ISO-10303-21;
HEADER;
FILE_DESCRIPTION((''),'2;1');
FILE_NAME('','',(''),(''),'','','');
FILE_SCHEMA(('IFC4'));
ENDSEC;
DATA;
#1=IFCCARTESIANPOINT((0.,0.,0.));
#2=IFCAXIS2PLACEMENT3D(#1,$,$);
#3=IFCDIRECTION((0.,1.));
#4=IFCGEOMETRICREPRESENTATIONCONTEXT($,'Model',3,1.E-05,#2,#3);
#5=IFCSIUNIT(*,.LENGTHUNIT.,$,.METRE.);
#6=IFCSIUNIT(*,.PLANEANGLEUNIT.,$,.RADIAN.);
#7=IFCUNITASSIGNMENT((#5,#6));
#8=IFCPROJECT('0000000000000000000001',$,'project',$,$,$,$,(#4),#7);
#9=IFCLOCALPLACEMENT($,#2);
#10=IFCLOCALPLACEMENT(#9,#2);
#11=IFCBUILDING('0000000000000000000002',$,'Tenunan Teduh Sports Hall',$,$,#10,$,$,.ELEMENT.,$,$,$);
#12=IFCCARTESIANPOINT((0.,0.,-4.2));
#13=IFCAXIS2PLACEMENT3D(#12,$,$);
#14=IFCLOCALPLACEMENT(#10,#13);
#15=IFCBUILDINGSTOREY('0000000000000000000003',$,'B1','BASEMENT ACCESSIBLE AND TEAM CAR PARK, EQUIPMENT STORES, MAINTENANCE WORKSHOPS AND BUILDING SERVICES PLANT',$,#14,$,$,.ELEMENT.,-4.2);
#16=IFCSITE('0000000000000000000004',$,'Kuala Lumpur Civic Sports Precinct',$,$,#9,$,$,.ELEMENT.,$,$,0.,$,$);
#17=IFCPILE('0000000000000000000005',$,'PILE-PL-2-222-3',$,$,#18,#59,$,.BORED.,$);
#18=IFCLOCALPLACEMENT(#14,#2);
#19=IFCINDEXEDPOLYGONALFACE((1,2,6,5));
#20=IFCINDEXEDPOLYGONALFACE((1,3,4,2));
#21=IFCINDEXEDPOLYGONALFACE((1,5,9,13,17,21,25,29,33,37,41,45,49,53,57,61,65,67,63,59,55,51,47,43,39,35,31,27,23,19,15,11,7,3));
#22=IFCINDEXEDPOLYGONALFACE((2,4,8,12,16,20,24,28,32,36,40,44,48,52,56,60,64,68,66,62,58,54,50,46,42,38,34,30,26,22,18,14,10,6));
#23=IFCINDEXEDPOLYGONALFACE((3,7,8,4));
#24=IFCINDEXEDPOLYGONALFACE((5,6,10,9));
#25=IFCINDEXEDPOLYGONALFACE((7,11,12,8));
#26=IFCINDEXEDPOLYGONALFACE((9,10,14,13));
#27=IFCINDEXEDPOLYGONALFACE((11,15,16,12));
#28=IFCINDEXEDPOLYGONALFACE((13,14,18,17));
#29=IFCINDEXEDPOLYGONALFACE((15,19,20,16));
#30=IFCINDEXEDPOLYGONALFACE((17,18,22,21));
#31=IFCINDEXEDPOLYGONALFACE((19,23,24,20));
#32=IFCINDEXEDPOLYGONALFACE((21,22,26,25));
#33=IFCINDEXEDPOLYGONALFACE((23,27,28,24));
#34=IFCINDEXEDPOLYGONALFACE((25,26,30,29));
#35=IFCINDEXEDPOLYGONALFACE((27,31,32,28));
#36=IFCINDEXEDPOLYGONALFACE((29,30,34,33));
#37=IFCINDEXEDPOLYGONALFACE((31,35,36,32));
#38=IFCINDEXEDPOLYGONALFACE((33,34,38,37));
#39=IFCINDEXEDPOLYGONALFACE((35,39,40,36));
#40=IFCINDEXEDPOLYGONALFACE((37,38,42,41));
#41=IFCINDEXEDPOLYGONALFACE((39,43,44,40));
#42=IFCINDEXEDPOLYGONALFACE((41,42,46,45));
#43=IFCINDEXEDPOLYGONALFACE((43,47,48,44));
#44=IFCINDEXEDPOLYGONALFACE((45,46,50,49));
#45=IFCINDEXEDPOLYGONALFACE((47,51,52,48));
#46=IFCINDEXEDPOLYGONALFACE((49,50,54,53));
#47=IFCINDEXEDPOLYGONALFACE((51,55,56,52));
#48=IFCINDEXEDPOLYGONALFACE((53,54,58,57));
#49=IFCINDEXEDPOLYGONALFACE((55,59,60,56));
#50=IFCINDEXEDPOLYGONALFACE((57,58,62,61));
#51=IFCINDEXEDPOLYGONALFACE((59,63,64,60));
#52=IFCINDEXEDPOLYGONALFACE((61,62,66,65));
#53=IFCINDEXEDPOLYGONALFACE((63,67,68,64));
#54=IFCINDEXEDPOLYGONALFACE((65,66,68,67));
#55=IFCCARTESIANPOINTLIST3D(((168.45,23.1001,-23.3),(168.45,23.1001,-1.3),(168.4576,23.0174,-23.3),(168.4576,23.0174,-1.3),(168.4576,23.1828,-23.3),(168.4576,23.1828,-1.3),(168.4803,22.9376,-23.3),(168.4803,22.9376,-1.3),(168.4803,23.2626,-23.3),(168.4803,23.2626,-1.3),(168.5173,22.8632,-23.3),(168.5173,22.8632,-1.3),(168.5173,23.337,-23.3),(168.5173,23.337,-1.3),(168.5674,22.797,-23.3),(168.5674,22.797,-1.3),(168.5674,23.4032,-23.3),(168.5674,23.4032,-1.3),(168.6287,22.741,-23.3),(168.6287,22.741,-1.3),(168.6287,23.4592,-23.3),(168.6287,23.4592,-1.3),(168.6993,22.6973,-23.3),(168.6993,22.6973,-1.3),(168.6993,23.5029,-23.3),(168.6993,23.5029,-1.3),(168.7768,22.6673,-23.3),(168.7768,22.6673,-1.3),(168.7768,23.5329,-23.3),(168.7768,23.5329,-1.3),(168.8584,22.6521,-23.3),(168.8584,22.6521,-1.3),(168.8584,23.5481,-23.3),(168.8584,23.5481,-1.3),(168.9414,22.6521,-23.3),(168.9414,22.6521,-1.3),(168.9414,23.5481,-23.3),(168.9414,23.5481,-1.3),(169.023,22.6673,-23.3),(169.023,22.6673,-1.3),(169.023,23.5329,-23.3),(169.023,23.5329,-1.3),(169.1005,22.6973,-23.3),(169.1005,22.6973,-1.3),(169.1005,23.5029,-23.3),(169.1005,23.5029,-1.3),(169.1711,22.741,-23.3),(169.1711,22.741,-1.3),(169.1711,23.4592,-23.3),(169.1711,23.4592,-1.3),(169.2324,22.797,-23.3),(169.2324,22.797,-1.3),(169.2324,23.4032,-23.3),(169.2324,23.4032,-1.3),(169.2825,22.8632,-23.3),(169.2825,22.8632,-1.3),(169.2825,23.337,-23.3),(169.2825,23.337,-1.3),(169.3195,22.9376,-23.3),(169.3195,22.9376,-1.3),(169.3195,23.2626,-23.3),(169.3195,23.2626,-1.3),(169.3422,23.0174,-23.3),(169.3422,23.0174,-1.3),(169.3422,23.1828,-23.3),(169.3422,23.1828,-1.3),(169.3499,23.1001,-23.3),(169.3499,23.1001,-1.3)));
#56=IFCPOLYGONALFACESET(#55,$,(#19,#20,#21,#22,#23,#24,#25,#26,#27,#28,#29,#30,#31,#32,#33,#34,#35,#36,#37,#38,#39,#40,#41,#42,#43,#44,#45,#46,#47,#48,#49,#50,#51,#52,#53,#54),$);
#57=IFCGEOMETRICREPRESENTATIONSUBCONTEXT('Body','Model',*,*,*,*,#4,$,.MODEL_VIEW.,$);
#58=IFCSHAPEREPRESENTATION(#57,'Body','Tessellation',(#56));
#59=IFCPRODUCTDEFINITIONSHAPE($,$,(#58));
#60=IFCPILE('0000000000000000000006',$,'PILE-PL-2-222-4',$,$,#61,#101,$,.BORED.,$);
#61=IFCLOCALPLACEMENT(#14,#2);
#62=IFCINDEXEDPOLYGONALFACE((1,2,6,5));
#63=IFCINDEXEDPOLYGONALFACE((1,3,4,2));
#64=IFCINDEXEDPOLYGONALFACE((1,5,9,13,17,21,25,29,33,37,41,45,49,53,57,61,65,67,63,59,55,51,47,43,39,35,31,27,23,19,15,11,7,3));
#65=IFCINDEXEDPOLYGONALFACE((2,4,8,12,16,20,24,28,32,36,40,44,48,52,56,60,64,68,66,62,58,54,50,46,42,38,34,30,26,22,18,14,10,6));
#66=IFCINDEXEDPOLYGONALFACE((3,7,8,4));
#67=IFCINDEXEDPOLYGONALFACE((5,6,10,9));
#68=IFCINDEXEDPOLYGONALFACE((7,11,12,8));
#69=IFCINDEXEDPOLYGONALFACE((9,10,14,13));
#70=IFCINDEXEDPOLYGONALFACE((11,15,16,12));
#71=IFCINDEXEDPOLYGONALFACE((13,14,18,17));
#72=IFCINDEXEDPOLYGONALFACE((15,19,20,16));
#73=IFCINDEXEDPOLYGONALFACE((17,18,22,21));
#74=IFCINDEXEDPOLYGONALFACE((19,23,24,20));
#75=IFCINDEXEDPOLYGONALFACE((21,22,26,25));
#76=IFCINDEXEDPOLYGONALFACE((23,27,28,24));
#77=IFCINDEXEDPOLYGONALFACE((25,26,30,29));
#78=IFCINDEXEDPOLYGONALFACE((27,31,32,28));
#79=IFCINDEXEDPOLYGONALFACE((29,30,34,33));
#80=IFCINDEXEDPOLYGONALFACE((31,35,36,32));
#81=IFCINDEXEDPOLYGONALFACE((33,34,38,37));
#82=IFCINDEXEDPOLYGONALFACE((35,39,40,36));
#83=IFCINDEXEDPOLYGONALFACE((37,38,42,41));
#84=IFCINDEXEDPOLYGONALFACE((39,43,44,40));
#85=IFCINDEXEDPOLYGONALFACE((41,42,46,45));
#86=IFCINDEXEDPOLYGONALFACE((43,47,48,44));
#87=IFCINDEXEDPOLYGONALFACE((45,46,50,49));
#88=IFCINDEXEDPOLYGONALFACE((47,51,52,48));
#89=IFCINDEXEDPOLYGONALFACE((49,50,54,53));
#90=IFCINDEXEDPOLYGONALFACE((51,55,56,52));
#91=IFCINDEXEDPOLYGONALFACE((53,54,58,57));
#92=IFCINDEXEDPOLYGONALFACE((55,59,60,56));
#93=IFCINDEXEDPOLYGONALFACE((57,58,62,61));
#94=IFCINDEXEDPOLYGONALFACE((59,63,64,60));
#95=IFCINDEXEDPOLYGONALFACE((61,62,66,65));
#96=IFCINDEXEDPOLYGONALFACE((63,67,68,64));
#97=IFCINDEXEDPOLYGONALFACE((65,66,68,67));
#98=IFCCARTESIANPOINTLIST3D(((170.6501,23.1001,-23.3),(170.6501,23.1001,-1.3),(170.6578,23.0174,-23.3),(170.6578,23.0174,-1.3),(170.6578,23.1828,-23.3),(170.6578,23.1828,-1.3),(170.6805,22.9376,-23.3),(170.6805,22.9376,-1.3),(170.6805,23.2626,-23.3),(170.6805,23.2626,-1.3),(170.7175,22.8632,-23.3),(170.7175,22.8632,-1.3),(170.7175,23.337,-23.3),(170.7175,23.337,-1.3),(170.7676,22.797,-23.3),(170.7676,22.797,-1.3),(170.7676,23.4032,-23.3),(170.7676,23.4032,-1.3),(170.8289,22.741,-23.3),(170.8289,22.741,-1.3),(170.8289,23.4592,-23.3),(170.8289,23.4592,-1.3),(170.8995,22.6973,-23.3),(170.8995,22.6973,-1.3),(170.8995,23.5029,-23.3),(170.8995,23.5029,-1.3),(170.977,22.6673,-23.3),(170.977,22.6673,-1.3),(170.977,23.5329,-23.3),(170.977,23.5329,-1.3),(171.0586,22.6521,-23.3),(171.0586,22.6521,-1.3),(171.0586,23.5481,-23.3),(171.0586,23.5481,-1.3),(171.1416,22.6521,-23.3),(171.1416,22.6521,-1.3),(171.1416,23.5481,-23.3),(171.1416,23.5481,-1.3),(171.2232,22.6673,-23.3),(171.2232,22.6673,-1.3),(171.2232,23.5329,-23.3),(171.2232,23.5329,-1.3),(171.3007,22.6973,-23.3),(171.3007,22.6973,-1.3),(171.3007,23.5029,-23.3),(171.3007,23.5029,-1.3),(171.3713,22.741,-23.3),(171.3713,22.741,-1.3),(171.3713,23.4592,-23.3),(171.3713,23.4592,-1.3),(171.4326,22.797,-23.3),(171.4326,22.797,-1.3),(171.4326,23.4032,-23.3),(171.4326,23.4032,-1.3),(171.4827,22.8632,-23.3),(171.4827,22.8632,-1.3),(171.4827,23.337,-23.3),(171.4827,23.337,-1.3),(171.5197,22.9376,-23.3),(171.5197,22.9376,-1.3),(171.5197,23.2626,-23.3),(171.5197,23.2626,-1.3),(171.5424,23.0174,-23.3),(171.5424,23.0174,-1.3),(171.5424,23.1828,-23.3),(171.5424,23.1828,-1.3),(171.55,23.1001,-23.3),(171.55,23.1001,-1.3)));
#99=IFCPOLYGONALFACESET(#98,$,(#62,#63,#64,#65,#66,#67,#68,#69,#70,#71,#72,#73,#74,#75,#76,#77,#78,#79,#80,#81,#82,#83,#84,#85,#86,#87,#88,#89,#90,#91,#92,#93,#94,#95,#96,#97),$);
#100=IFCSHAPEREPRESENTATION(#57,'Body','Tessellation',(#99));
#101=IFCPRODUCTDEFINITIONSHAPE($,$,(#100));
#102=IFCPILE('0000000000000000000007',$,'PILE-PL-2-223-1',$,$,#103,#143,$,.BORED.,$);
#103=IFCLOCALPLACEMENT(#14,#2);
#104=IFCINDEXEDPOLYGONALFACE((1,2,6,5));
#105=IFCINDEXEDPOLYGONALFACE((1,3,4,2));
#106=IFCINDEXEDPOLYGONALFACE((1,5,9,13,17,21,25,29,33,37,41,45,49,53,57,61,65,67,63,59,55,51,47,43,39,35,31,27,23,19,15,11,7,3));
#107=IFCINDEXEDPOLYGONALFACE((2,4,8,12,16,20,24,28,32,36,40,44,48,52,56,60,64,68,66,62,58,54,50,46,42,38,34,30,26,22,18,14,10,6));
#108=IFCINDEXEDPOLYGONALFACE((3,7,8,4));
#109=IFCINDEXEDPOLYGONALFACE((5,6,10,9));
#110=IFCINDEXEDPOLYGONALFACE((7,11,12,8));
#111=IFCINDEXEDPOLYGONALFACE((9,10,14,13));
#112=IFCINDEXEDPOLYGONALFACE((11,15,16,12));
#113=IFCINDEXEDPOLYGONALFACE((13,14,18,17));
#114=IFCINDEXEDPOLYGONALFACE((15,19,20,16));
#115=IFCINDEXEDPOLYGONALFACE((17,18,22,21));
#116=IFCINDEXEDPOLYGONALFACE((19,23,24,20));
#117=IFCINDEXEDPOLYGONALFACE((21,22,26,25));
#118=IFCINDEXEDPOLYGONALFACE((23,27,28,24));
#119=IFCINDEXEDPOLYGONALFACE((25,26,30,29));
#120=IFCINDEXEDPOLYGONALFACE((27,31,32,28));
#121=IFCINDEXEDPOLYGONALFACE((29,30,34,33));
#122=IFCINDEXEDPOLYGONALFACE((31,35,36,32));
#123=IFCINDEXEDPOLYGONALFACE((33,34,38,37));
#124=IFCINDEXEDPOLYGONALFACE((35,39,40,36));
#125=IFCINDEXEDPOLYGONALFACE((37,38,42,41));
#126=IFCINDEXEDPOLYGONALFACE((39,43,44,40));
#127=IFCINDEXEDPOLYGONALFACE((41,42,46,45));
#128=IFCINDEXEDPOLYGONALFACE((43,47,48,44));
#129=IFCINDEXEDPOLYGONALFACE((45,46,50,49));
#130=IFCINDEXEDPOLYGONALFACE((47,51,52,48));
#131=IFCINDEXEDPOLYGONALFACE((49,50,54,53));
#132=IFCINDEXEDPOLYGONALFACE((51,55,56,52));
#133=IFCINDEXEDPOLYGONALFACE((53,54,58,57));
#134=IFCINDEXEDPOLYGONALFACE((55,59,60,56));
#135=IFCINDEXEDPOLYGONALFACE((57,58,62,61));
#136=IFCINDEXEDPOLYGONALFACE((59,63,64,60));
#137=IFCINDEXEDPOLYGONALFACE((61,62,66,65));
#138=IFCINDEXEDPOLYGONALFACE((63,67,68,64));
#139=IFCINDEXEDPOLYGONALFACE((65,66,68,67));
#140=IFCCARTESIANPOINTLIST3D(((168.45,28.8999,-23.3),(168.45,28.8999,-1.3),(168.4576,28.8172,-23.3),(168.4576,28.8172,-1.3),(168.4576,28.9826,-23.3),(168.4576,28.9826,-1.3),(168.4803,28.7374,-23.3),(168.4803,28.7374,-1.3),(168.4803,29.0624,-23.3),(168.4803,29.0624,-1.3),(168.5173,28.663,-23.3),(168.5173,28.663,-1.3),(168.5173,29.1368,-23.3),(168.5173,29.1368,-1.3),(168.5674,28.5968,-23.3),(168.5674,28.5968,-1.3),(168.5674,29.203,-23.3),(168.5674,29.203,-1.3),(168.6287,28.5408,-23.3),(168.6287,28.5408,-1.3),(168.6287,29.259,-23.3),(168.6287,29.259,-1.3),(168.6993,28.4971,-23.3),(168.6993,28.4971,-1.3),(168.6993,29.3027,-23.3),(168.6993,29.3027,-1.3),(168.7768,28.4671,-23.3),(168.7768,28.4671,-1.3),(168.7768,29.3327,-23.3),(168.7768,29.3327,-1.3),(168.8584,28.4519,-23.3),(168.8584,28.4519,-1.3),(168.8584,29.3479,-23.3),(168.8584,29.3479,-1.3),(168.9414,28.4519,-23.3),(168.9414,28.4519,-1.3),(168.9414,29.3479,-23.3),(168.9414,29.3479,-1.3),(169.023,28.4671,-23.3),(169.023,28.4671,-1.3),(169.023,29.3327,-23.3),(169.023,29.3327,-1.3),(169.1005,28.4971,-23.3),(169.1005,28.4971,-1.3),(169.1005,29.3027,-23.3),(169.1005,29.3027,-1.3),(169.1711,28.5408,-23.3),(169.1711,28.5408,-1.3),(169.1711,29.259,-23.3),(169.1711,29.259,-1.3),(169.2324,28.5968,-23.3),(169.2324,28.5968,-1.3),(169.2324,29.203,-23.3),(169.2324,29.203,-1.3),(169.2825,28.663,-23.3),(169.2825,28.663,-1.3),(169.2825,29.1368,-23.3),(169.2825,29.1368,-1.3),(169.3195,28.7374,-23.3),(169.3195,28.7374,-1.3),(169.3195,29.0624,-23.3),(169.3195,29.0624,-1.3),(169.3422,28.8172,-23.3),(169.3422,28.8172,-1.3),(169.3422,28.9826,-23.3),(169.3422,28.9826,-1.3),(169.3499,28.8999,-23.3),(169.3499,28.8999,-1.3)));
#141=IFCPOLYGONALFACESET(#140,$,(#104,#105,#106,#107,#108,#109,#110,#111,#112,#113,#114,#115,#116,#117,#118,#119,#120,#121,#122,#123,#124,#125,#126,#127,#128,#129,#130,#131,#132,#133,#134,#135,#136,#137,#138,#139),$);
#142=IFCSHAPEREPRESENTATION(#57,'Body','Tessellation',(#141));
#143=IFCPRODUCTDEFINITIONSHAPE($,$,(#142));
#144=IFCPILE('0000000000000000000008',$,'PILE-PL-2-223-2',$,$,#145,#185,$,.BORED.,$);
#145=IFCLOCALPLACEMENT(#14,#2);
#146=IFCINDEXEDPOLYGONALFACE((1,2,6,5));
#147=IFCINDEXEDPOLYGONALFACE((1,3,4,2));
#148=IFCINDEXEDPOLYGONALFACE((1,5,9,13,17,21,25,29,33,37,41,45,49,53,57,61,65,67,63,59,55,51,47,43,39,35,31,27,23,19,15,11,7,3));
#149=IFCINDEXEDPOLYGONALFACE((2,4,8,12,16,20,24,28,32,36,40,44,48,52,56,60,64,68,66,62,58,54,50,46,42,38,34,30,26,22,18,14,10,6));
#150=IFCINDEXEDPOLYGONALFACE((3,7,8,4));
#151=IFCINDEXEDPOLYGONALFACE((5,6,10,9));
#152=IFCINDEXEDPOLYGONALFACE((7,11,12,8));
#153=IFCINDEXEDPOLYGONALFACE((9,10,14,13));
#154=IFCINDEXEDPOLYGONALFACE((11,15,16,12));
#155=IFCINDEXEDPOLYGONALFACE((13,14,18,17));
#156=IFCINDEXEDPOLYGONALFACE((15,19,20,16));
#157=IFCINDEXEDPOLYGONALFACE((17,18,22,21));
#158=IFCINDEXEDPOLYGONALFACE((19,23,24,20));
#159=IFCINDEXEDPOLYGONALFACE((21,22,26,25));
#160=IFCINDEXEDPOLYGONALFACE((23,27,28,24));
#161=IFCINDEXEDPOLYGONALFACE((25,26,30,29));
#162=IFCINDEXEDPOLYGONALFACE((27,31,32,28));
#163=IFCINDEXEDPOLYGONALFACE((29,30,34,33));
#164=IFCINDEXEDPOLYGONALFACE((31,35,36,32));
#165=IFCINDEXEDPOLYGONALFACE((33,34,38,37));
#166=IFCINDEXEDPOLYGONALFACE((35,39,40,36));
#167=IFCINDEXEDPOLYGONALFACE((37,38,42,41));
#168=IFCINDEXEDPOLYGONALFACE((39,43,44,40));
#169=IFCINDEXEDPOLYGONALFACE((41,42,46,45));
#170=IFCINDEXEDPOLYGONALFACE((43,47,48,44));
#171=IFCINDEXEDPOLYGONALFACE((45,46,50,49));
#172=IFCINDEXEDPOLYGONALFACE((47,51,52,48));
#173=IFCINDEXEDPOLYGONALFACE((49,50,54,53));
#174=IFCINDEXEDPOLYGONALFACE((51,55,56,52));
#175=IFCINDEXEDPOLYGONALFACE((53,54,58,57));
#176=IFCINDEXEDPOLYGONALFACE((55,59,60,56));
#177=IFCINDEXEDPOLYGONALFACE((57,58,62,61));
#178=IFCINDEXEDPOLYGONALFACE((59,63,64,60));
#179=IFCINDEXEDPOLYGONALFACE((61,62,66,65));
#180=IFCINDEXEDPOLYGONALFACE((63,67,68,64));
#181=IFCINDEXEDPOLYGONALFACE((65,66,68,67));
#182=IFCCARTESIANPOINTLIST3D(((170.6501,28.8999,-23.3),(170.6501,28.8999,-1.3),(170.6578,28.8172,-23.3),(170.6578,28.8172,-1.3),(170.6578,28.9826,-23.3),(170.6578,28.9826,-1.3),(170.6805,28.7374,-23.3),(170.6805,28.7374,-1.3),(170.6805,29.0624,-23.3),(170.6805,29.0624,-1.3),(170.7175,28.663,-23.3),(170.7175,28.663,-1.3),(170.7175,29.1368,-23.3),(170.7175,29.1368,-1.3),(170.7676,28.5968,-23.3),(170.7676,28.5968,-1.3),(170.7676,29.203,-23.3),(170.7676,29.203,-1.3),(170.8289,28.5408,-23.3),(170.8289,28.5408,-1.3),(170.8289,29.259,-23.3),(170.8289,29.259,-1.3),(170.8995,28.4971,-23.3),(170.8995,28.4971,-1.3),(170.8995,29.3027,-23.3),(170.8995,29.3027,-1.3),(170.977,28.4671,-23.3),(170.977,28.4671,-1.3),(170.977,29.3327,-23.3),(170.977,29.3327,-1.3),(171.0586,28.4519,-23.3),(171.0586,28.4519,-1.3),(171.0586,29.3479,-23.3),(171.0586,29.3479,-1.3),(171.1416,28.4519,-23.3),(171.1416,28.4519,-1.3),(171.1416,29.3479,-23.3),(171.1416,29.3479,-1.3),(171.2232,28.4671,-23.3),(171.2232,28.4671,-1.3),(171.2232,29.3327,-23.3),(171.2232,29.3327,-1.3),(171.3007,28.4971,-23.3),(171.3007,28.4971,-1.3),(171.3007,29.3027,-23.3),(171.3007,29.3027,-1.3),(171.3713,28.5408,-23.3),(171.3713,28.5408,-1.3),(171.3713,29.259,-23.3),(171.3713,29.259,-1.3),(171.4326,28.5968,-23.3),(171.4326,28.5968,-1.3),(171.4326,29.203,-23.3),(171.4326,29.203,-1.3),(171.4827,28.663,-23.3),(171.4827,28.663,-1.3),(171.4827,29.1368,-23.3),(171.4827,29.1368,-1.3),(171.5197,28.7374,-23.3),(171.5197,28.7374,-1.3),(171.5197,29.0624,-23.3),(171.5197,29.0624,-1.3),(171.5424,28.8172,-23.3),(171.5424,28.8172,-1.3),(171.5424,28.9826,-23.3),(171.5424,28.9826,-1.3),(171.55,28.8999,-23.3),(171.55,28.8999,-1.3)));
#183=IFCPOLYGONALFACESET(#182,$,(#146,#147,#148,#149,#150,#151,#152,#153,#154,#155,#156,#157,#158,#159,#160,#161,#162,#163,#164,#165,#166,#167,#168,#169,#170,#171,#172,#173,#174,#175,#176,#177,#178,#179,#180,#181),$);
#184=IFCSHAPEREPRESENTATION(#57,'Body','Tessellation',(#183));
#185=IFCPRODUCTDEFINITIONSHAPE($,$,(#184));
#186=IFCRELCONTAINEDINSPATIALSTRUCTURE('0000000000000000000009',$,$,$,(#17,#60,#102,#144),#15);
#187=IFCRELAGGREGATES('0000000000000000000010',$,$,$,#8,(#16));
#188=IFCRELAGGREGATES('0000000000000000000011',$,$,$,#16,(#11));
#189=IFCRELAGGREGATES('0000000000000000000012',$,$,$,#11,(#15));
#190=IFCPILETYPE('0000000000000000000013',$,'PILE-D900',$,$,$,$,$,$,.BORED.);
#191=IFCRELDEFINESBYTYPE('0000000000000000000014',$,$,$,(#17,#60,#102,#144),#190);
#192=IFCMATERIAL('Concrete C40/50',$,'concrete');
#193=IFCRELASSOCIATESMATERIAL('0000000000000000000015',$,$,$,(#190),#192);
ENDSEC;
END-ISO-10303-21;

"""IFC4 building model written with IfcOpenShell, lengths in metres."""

from ifc_helpers import new_model, si_unit, direction, frame, origin, origin_2d, place, context, subcontext, project, spatial, circle, extrude, material, material_profile, profile_set, type_object, element, save


model = new_model("IFC4")

# Units and contexts
model_context = context("Model", 3, precision=1e-05, world=origin(), true_north=direction((0.0, 1.0)))
body_context = subcontext(model_context, "Body", "Model", "MODEL_VIEW")
ifc_project = project(units=[si_unit("LENGTHUNIT", "METRE"), si_unit("PLANEANGLEUNIT", "RADIAN")], contexts=[model_context])

# Site, building, storey
site_placement = place(None, origin())
site = spatial("IfcSite", under=ifc_project, at=site_placement, Name="Kuala Lumpur Civic Sports Precinct", CompositionType="ELEMENT", RefElevation=0.0)
building_placement = place(site_placement, origin())
building = spatial("IfcBuilding", under=site, at=building_placement, Name="Tenunan Teduh Sports Hall", CompositionType="ELEMENT")
storey_placement = place(building_placement, frame((0.0, 0.0, -4.2)))
storey = spatial("IfcBuildingStorey", under=building, at=storey_placement, Name="B1", Description="BASEMENT ACCESSIBLE AND TEAM CAR PARK, EQUIPMENT STORES, MAINTENANCE WORKSHOPS AND BUILDING SERVICES PLANT", CompositionType="ELEMENT", Elevation=-4.2)

# Piles
ifc_material_1 = material(Name="Concrete C40/50", Category="concrete")
ifc_material_profile_1 = material_profile(ifc_material_1, circle(Radius=0.45, at=origin_2d()), Name="PILE D900")
ifc_profile_set_1 = profile_set([ifc_material_profile_1], Name="Concrete C40/50")
pile_type = type_object("IfcPileType", Name="PILE-D900", PredefinedType="BORED", material=ifc_profile_set_1)
for number, where, z_axis, x_axis, name in (
    (1, (168.8999, 23.1001, -1.3), (0.0, 0.0, -1.0), (1.0, 0.0, 0.0), "PILE-PL-2-222-3"),
    (2, (171.1001, 23.1001, -1.3), (0.0, 0.0, -1.0), (1.0, 0.0, 0.0), "PILE-PL-2-222-4"),
    (3, (168.8999, 28.8999, -1.3), (0.0, 0.0, -1.0), (1.0, 0.0, 0.0), "PILE-PL-2-223-1"),
    (4, (171.1001, 28.8999, -1.3), (0.0, 0.0, -1.0), (1.0, 0.0, 0.0), "PILE-PL-2-223-2"),
):
    element("IfcPile", number, at=place(storey_placement, frame(where, z_axis=z_axis, x_axis=x_axis)), inside=storey, type_object=pile_type, Name=name, PredefinedType="BORED", context=body_context, shape_type="SweptSolid", body=[
        extrude(circle(Radius=0.45, at=origin_2d()), origin(), (0.0, 0.0, 1.0), 22.0),
    ])

save(model, "model.ifc")
